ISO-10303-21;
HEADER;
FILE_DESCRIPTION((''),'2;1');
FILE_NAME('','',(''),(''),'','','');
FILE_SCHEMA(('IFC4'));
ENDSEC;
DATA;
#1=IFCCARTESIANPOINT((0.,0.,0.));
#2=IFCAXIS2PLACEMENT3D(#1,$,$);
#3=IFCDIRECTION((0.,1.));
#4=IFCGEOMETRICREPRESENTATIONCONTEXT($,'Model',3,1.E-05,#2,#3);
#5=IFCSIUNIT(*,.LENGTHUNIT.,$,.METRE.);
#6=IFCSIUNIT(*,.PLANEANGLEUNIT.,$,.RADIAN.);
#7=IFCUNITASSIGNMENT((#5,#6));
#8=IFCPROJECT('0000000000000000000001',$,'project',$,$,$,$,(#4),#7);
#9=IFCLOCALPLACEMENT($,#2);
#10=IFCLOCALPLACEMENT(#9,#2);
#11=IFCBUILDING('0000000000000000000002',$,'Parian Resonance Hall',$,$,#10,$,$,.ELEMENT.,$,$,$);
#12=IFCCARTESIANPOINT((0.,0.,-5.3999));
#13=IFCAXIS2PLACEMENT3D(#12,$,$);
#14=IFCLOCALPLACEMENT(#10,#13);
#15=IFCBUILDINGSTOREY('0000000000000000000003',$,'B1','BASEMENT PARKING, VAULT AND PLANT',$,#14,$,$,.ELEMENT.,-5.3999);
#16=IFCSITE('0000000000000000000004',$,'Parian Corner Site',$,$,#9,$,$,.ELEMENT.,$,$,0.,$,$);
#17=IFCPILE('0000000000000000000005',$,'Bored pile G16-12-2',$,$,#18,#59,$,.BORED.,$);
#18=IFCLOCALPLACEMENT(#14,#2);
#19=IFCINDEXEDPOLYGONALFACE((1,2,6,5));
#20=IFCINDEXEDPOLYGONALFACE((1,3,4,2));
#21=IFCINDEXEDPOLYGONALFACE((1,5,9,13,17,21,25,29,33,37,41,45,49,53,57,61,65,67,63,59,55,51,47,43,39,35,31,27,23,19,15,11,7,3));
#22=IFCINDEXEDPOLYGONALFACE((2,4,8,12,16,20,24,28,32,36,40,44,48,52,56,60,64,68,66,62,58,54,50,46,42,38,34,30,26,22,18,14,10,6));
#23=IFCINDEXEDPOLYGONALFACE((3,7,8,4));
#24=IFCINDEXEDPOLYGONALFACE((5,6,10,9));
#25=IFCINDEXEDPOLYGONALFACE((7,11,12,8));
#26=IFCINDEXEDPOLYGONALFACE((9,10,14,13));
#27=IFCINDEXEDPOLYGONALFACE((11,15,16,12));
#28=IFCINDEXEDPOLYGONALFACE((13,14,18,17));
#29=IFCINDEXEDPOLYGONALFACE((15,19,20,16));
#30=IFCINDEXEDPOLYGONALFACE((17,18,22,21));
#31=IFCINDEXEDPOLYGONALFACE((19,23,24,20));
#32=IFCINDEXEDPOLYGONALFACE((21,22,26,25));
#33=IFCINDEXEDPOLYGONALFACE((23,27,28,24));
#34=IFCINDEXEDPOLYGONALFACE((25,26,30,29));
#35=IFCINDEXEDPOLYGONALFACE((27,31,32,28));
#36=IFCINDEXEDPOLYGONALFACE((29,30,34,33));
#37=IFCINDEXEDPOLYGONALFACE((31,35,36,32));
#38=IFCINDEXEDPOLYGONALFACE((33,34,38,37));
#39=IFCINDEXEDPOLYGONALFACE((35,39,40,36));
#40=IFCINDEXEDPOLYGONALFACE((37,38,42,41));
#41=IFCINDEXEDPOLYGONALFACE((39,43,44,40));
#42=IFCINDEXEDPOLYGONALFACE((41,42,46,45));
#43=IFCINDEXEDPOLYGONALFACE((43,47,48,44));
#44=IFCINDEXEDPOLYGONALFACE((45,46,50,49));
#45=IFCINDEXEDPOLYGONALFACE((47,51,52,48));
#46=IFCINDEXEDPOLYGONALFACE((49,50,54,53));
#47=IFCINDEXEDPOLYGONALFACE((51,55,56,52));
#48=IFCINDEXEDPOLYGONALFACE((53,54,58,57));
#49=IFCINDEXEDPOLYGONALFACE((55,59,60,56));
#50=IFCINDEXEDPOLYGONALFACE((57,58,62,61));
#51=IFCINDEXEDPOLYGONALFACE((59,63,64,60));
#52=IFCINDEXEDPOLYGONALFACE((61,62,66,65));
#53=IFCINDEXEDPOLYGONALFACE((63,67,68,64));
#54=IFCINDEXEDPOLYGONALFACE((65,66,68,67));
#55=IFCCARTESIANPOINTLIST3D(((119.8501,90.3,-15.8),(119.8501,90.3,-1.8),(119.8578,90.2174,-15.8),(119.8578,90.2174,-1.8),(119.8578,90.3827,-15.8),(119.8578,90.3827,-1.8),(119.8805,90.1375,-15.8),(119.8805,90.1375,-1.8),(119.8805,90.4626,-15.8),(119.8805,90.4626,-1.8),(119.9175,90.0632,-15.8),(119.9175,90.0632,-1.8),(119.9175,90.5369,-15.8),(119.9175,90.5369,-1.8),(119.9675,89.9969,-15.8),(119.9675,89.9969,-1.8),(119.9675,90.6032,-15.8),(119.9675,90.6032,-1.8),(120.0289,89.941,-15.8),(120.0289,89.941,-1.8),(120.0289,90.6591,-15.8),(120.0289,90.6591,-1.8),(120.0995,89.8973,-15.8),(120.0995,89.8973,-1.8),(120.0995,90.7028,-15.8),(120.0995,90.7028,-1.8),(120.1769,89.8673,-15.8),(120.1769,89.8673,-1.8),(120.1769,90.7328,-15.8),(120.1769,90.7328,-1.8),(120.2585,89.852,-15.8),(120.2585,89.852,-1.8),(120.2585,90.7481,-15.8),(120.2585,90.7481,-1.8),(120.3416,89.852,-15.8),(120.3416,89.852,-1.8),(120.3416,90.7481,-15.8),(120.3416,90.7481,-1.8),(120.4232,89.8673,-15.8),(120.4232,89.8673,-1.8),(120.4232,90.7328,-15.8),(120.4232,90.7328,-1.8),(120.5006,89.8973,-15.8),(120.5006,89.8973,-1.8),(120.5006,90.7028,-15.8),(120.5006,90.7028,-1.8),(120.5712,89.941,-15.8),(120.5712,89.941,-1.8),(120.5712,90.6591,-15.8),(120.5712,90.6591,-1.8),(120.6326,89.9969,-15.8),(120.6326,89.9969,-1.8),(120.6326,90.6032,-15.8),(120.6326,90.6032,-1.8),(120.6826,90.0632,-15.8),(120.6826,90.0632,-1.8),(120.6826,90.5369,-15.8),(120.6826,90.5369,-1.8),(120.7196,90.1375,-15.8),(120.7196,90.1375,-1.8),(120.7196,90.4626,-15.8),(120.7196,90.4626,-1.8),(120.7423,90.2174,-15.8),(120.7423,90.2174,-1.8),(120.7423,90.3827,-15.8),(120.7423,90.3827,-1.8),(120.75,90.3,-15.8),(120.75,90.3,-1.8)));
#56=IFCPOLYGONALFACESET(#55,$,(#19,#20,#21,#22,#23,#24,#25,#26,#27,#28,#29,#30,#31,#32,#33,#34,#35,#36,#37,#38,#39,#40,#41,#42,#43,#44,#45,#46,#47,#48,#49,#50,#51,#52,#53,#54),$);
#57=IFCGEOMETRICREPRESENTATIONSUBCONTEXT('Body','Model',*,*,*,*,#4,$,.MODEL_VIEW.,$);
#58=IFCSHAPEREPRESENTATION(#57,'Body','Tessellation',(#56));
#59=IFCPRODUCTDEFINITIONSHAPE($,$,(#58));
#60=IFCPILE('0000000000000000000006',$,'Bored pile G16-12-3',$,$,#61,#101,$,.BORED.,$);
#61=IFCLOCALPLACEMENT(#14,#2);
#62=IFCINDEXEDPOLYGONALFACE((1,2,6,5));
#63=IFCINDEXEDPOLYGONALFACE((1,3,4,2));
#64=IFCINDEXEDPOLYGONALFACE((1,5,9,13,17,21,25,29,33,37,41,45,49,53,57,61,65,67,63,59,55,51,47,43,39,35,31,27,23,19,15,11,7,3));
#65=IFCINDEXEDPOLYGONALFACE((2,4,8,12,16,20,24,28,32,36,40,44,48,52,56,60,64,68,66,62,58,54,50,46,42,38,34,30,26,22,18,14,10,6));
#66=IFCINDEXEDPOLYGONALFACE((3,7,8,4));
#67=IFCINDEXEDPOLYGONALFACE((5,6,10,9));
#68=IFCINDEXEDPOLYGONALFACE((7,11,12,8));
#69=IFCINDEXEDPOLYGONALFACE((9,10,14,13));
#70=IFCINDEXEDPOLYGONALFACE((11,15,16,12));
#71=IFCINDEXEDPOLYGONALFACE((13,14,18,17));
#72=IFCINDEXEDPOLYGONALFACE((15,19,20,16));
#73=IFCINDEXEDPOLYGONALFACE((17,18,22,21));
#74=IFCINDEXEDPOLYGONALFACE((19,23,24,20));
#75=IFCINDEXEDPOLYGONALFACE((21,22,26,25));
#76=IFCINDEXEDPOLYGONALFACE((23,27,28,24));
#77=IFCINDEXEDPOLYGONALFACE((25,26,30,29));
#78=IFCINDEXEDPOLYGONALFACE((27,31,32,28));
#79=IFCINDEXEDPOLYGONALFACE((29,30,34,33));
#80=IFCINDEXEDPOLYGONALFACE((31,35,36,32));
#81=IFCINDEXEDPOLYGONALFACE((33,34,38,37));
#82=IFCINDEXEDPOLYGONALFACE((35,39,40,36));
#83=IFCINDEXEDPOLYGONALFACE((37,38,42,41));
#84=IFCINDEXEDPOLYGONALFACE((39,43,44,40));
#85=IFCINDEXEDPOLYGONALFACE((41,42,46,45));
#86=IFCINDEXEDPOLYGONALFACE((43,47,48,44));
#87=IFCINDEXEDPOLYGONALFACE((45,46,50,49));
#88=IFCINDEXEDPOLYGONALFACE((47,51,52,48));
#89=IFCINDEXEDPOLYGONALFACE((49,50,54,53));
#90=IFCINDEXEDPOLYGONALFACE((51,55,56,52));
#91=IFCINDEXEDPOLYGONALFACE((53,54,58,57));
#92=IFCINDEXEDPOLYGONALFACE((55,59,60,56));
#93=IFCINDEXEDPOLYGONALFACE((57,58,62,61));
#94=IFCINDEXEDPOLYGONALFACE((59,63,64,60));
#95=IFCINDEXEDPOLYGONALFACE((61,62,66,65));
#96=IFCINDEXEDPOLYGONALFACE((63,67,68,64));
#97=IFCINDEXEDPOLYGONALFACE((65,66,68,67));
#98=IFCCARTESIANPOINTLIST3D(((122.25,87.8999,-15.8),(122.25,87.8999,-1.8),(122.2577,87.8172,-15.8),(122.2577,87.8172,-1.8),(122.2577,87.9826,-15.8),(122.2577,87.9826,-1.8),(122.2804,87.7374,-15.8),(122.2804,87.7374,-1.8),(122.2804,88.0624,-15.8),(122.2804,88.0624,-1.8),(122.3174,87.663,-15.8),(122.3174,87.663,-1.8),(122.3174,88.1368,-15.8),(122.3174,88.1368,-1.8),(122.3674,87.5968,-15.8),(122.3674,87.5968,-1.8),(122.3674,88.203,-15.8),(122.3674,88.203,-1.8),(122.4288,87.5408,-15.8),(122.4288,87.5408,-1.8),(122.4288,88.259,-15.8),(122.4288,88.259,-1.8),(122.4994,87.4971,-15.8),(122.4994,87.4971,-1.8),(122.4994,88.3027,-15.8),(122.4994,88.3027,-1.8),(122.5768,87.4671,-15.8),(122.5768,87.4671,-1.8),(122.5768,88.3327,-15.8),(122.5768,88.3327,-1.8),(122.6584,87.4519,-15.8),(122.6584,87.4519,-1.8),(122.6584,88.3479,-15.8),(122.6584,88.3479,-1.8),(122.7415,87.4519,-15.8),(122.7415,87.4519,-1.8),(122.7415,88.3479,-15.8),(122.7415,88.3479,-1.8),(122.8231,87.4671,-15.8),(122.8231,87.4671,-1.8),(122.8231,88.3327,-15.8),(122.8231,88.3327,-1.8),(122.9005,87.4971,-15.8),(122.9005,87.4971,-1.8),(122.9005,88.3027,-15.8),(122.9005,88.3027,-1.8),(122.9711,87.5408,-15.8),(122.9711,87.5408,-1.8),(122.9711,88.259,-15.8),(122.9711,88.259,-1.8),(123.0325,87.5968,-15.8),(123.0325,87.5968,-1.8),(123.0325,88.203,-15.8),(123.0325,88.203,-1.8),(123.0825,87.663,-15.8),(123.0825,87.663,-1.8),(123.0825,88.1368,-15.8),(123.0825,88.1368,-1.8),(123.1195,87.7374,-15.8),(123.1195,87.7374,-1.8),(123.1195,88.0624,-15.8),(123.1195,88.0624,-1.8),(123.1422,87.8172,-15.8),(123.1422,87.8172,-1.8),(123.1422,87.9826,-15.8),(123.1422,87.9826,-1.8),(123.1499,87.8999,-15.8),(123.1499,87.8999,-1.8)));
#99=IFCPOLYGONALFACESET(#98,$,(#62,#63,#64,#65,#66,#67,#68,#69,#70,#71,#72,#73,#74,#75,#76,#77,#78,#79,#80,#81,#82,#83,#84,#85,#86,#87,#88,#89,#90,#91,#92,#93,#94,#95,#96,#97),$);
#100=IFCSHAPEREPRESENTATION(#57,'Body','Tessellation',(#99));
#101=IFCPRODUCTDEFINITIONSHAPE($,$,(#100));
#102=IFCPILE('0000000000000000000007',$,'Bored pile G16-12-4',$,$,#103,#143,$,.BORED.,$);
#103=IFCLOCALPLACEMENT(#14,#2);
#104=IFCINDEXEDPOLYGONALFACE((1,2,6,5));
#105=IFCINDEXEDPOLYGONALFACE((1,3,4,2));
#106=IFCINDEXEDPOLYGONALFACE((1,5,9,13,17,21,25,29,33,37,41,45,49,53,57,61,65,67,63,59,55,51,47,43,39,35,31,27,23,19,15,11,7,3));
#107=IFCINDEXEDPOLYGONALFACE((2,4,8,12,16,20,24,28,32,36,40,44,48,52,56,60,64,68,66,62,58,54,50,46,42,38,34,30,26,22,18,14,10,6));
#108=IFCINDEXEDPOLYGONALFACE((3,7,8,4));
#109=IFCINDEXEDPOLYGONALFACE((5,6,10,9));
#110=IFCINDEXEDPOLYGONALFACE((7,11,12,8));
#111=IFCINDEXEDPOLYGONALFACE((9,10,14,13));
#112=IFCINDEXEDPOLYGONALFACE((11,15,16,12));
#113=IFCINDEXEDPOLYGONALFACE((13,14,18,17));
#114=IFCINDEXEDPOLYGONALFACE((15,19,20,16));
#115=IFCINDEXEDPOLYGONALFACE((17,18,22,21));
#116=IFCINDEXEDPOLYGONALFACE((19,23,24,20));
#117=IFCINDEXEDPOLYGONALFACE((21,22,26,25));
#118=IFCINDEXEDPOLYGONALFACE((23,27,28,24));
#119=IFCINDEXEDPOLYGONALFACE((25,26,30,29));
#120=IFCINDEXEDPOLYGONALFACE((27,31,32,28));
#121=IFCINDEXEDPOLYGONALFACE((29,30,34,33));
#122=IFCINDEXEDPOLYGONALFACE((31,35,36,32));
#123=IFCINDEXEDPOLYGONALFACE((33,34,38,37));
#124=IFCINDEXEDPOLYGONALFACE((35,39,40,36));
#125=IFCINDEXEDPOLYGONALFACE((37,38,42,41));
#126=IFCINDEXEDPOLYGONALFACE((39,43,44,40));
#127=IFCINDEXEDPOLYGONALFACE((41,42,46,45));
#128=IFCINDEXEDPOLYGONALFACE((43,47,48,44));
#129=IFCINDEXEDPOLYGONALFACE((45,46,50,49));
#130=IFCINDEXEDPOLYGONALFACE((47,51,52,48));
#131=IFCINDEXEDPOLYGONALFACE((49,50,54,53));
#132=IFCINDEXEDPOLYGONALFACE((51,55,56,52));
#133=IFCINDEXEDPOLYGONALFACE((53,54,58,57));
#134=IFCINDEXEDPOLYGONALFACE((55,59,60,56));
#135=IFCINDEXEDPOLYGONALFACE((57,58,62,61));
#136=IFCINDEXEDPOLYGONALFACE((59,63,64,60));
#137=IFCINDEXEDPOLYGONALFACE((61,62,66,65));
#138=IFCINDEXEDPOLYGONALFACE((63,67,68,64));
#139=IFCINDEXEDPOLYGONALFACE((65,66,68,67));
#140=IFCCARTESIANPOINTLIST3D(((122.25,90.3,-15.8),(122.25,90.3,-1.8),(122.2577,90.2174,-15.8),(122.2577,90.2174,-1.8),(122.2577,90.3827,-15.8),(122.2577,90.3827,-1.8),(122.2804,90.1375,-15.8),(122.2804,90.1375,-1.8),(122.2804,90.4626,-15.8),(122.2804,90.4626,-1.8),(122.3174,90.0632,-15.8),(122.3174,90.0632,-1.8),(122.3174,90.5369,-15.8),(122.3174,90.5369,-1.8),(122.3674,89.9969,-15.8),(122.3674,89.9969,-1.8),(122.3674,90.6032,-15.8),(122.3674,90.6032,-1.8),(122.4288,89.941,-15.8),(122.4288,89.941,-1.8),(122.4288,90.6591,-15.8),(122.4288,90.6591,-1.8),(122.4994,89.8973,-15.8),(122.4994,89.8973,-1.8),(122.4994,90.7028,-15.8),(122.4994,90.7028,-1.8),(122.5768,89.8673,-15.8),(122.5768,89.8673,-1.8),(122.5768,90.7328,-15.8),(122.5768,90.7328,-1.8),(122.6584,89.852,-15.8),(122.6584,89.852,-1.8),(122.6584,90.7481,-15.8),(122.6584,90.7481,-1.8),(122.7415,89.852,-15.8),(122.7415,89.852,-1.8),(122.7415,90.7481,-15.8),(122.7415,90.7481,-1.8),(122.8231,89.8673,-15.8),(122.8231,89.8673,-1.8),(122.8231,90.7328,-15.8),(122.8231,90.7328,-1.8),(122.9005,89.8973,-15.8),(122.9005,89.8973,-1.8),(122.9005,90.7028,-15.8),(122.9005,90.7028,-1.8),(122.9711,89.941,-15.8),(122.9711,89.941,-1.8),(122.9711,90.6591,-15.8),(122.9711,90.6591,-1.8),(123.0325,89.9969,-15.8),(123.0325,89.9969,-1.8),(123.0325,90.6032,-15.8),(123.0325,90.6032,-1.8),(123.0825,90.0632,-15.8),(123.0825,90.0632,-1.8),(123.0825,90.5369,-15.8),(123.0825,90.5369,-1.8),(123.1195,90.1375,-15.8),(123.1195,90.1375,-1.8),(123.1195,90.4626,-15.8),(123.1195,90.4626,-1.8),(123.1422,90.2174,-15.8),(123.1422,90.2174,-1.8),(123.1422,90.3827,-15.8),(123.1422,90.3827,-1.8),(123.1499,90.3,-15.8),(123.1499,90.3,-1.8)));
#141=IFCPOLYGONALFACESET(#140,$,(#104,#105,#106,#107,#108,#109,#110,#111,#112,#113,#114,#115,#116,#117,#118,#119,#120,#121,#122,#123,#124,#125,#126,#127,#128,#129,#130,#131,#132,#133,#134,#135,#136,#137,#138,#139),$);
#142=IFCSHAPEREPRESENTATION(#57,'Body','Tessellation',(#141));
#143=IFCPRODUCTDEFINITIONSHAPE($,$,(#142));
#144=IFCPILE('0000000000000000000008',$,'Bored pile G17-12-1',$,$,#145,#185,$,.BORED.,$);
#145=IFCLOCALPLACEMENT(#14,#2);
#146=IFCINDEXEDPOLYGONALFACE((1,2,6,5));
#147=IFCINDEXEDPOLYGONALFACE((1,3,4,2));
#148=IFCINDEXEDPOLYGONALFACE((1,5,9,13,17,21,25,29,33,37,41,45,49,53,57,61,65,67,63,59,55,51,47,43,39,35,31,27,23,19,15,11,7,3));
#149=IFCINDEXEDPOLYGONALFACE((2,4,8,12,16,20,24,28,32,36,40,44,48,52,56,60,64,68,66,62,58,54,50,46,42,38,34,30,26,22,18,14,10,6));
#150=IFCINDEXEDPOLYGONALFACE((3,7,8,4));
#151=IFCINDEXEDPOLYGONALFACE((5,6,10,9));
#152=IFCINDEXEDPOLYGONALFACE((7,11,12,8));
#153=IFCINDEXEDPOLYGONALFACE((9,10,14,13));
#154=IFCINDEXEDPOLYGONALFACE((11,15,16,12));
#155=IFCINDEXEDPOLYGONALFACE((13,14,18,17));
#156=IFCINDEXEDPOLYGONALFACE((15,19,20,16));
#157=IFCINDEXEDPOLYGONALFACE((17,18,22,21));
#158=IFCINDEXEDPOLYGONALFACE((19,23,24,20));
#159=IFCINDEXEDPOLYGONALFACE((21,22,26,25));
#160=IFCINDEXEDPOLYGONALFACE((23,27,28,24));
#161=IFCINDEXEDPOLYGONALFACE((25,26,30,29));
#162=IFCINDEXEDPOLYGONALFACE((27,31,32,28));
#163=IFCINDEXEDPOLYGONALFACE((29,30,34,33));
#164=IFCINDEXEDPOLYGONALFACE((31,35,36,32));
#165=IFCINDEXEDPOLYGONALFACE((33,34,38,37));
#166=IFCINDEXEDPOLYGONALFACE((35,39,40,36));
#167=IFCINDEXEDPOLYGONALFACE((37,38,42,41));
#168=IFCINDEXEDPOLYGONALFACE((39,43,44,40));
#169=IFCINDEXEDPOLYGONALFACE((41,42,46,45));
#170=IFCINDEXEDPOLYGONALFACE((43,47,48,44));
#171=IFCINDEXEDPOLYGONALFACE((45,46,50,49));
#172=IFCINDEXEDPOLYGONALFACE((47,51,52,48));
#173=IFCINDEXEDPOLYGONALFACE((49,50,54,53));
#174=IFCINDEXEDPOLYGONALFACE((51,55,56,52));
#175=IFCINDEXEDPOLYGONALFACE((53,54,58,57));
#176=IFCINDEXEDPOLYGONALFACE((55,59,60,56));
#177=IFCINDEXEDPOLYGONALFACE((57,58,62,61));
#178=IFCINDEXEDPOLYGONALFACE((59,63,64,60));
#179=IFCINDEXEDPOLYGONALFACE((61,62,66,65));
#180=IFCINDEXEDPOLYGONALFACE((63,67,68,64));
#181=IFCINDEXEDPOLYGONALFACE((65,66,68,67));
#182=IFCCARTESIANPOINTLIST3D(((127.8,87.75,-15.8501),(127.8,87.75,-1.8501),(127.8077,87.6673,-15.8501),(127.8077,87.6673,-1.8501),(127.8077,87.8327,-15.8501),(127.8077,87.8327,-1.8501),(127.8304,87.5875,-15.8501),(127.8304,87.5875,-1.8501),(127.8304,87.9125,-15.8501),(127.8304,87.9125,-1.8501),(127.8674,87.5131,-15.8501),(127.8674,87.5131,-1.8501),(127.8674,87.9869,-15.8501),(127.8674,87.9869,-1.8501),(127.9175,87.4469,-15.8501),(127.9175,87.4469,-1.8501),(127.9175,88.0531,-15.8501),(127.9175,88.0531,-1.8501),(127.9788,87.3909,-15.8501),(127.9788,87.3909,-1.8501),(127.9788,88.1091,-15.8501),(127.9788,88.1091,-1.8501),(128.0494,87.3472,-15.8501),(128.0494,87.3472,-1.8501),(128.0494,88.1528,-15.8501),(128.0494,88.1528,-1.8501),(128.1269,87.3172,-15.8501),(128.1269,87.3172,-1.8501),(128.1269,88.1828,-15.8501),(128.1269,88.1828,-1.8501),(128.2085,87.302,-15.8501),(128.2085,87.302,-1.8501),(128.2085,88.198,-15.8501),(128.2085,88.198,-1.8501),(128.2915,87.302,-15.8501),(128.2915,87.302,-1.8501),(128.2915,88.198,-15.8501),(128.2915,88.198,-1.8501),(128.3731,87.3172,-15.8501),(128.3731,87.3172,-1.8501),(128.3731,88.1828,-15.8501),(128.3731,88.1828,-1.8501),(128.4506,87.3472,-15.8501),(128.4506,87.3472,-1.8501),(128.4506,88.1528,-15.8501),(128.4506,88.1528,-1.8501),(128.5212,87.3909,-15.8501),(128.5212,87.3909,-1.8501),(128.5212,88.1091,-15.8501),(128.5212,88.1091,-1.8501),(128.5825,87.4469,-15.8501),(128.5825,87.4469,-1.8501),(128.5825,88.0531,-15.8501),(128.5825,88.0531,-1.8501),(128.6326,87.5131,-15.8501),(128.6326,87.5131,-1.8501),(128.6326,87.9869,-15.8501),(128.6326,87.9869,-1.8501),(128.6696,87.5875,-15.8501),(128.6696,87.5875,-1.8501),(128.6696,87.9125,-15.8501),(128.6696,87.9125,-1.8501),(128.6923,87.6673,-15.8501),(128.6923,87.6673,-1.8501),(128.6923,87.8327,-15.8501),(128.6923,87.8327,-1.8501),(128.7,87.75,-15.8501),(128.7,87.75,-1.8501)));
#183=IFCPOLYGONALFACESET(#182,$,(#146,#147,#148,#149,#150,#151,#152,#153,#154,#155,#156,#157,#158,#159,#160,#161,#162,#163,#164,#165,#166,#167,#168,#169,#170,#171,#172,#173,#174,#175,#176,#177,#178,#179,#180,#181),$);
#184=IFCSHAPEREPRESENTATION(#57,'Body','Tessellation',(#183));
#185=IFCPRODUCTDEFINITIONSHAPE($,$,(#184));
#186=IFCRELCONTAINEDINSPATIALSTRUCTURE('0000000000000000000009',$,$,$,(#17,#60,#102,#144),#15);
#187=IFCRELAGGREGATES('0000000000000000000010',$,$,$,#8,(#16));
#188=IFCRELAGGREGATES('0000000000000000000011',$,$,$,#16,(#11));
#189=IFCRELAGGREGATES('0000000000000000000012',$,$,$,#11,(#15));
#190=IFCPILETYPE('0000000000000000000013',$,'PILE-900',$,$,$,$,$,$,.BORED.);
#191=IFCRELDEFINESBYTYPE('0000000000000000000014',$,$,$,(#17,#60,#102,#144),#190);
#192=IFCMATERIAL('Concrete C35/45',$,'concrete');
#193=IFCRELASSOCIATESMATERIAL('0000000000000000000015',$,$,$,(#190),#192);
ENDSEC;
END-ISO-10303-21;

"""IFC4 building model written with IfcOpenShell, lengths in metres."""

from ifc_helpers import new_model, si_unit, direction, frame, origin, origin_2d, place, context, subcontext, project, spatial, circle, extrude, material, material_profile, profile_set, type_object, element, save


model = new_model("IFC4")

# Units and contexts
model_context = context("Model", 3, precision=1e-05, world=origin(), true_north=direction((0.0, 1.0)))
body_context = subcontext(model_context, "Body", "Model", "MODEL_VIEW")
ifc_project = project(units=[si_unit("LENGTHUNIT", "METRE"), si_unit("PLANEANGLEUNIT", "RADIAN")], contexts=[model_context])

# Site, building, storey
site_placement = place(None, origin())
site = spatial("IfcSite", under=ifc_project, at=site_placement, Name="Parian Corner Site", CompositionType="ELEMENT", RefElevation=0.0)
building_placement = place(site_placement, origin())
building = spatial("IfcBuilding", under=site, at=building_placement, Name="Parian Resonance Hall", CompositionType="ELEMENT")
storey_placement = place(building_placement, frame((0.0, 0.0, -5.3999)))
storey = spatial("IfcBuildingStorey", under=building, at=storey_placement, Name="B1", Description="BASEMENT PARKING, VAULT AND PLANT", CompositionType="ELEMENT", Elevation=-5.3999)

# Piles
ifc_material_1 = material(Name="Concrete C35/45", Category="concrete")
ifc_material_profile_1 = material_profile(ifc_material_1, circle(Radius=0.45, at=origin_2d()), Name="PILE-D900")
ifc_profile_set_1 = profile_set([ifc_material_profile_1], Name="Concrete C35/45")
pile_type_1 = type_object("IfcPileType", Name="PILE-900", PredefinedType="BORED", material=ifc_profile_set_1)
for number, where, z_axis, x_axis, name in (
    (1, (120.3, 90.3, -1.8), (0.0, 0.0, -1.0), (1.0, 0.0, 0.0), "Bored pile G16-12-2"),
    (2, (122.7, 87.8999, -1.8), (0.0, 0.0, -1.0), (1.0, 0.0, 0.0), "Bored pile G16-12-3"),
    (3, (122.7, 90.3, -1.8), (0.0, 0.0, -1.0), (1.0, 0.0, 0.0), "Bored pile G16-12-4"),
    (4, (128.25, 87.75, -1.8501), (0.0, 0.0, -1.0), (1.0, 0.0, 0.0), "Bored pile G17-12-1"),
):
    element("IfcPile", number, at=place(storey_placement, frame(where, z_axis=z_axis, x_axis=x_axis)), inside=storey, type_object=pile_type_1, Name=name, PredefinedType="BORED", context=body_context, shape_type="SweptSolid", body=[
        extrude(circle(Radius=0.45, at=origin_2d()), origin(), (0.0, 0.0, 1.0), 14.0),
    ])

save(model, "model.ifc")
